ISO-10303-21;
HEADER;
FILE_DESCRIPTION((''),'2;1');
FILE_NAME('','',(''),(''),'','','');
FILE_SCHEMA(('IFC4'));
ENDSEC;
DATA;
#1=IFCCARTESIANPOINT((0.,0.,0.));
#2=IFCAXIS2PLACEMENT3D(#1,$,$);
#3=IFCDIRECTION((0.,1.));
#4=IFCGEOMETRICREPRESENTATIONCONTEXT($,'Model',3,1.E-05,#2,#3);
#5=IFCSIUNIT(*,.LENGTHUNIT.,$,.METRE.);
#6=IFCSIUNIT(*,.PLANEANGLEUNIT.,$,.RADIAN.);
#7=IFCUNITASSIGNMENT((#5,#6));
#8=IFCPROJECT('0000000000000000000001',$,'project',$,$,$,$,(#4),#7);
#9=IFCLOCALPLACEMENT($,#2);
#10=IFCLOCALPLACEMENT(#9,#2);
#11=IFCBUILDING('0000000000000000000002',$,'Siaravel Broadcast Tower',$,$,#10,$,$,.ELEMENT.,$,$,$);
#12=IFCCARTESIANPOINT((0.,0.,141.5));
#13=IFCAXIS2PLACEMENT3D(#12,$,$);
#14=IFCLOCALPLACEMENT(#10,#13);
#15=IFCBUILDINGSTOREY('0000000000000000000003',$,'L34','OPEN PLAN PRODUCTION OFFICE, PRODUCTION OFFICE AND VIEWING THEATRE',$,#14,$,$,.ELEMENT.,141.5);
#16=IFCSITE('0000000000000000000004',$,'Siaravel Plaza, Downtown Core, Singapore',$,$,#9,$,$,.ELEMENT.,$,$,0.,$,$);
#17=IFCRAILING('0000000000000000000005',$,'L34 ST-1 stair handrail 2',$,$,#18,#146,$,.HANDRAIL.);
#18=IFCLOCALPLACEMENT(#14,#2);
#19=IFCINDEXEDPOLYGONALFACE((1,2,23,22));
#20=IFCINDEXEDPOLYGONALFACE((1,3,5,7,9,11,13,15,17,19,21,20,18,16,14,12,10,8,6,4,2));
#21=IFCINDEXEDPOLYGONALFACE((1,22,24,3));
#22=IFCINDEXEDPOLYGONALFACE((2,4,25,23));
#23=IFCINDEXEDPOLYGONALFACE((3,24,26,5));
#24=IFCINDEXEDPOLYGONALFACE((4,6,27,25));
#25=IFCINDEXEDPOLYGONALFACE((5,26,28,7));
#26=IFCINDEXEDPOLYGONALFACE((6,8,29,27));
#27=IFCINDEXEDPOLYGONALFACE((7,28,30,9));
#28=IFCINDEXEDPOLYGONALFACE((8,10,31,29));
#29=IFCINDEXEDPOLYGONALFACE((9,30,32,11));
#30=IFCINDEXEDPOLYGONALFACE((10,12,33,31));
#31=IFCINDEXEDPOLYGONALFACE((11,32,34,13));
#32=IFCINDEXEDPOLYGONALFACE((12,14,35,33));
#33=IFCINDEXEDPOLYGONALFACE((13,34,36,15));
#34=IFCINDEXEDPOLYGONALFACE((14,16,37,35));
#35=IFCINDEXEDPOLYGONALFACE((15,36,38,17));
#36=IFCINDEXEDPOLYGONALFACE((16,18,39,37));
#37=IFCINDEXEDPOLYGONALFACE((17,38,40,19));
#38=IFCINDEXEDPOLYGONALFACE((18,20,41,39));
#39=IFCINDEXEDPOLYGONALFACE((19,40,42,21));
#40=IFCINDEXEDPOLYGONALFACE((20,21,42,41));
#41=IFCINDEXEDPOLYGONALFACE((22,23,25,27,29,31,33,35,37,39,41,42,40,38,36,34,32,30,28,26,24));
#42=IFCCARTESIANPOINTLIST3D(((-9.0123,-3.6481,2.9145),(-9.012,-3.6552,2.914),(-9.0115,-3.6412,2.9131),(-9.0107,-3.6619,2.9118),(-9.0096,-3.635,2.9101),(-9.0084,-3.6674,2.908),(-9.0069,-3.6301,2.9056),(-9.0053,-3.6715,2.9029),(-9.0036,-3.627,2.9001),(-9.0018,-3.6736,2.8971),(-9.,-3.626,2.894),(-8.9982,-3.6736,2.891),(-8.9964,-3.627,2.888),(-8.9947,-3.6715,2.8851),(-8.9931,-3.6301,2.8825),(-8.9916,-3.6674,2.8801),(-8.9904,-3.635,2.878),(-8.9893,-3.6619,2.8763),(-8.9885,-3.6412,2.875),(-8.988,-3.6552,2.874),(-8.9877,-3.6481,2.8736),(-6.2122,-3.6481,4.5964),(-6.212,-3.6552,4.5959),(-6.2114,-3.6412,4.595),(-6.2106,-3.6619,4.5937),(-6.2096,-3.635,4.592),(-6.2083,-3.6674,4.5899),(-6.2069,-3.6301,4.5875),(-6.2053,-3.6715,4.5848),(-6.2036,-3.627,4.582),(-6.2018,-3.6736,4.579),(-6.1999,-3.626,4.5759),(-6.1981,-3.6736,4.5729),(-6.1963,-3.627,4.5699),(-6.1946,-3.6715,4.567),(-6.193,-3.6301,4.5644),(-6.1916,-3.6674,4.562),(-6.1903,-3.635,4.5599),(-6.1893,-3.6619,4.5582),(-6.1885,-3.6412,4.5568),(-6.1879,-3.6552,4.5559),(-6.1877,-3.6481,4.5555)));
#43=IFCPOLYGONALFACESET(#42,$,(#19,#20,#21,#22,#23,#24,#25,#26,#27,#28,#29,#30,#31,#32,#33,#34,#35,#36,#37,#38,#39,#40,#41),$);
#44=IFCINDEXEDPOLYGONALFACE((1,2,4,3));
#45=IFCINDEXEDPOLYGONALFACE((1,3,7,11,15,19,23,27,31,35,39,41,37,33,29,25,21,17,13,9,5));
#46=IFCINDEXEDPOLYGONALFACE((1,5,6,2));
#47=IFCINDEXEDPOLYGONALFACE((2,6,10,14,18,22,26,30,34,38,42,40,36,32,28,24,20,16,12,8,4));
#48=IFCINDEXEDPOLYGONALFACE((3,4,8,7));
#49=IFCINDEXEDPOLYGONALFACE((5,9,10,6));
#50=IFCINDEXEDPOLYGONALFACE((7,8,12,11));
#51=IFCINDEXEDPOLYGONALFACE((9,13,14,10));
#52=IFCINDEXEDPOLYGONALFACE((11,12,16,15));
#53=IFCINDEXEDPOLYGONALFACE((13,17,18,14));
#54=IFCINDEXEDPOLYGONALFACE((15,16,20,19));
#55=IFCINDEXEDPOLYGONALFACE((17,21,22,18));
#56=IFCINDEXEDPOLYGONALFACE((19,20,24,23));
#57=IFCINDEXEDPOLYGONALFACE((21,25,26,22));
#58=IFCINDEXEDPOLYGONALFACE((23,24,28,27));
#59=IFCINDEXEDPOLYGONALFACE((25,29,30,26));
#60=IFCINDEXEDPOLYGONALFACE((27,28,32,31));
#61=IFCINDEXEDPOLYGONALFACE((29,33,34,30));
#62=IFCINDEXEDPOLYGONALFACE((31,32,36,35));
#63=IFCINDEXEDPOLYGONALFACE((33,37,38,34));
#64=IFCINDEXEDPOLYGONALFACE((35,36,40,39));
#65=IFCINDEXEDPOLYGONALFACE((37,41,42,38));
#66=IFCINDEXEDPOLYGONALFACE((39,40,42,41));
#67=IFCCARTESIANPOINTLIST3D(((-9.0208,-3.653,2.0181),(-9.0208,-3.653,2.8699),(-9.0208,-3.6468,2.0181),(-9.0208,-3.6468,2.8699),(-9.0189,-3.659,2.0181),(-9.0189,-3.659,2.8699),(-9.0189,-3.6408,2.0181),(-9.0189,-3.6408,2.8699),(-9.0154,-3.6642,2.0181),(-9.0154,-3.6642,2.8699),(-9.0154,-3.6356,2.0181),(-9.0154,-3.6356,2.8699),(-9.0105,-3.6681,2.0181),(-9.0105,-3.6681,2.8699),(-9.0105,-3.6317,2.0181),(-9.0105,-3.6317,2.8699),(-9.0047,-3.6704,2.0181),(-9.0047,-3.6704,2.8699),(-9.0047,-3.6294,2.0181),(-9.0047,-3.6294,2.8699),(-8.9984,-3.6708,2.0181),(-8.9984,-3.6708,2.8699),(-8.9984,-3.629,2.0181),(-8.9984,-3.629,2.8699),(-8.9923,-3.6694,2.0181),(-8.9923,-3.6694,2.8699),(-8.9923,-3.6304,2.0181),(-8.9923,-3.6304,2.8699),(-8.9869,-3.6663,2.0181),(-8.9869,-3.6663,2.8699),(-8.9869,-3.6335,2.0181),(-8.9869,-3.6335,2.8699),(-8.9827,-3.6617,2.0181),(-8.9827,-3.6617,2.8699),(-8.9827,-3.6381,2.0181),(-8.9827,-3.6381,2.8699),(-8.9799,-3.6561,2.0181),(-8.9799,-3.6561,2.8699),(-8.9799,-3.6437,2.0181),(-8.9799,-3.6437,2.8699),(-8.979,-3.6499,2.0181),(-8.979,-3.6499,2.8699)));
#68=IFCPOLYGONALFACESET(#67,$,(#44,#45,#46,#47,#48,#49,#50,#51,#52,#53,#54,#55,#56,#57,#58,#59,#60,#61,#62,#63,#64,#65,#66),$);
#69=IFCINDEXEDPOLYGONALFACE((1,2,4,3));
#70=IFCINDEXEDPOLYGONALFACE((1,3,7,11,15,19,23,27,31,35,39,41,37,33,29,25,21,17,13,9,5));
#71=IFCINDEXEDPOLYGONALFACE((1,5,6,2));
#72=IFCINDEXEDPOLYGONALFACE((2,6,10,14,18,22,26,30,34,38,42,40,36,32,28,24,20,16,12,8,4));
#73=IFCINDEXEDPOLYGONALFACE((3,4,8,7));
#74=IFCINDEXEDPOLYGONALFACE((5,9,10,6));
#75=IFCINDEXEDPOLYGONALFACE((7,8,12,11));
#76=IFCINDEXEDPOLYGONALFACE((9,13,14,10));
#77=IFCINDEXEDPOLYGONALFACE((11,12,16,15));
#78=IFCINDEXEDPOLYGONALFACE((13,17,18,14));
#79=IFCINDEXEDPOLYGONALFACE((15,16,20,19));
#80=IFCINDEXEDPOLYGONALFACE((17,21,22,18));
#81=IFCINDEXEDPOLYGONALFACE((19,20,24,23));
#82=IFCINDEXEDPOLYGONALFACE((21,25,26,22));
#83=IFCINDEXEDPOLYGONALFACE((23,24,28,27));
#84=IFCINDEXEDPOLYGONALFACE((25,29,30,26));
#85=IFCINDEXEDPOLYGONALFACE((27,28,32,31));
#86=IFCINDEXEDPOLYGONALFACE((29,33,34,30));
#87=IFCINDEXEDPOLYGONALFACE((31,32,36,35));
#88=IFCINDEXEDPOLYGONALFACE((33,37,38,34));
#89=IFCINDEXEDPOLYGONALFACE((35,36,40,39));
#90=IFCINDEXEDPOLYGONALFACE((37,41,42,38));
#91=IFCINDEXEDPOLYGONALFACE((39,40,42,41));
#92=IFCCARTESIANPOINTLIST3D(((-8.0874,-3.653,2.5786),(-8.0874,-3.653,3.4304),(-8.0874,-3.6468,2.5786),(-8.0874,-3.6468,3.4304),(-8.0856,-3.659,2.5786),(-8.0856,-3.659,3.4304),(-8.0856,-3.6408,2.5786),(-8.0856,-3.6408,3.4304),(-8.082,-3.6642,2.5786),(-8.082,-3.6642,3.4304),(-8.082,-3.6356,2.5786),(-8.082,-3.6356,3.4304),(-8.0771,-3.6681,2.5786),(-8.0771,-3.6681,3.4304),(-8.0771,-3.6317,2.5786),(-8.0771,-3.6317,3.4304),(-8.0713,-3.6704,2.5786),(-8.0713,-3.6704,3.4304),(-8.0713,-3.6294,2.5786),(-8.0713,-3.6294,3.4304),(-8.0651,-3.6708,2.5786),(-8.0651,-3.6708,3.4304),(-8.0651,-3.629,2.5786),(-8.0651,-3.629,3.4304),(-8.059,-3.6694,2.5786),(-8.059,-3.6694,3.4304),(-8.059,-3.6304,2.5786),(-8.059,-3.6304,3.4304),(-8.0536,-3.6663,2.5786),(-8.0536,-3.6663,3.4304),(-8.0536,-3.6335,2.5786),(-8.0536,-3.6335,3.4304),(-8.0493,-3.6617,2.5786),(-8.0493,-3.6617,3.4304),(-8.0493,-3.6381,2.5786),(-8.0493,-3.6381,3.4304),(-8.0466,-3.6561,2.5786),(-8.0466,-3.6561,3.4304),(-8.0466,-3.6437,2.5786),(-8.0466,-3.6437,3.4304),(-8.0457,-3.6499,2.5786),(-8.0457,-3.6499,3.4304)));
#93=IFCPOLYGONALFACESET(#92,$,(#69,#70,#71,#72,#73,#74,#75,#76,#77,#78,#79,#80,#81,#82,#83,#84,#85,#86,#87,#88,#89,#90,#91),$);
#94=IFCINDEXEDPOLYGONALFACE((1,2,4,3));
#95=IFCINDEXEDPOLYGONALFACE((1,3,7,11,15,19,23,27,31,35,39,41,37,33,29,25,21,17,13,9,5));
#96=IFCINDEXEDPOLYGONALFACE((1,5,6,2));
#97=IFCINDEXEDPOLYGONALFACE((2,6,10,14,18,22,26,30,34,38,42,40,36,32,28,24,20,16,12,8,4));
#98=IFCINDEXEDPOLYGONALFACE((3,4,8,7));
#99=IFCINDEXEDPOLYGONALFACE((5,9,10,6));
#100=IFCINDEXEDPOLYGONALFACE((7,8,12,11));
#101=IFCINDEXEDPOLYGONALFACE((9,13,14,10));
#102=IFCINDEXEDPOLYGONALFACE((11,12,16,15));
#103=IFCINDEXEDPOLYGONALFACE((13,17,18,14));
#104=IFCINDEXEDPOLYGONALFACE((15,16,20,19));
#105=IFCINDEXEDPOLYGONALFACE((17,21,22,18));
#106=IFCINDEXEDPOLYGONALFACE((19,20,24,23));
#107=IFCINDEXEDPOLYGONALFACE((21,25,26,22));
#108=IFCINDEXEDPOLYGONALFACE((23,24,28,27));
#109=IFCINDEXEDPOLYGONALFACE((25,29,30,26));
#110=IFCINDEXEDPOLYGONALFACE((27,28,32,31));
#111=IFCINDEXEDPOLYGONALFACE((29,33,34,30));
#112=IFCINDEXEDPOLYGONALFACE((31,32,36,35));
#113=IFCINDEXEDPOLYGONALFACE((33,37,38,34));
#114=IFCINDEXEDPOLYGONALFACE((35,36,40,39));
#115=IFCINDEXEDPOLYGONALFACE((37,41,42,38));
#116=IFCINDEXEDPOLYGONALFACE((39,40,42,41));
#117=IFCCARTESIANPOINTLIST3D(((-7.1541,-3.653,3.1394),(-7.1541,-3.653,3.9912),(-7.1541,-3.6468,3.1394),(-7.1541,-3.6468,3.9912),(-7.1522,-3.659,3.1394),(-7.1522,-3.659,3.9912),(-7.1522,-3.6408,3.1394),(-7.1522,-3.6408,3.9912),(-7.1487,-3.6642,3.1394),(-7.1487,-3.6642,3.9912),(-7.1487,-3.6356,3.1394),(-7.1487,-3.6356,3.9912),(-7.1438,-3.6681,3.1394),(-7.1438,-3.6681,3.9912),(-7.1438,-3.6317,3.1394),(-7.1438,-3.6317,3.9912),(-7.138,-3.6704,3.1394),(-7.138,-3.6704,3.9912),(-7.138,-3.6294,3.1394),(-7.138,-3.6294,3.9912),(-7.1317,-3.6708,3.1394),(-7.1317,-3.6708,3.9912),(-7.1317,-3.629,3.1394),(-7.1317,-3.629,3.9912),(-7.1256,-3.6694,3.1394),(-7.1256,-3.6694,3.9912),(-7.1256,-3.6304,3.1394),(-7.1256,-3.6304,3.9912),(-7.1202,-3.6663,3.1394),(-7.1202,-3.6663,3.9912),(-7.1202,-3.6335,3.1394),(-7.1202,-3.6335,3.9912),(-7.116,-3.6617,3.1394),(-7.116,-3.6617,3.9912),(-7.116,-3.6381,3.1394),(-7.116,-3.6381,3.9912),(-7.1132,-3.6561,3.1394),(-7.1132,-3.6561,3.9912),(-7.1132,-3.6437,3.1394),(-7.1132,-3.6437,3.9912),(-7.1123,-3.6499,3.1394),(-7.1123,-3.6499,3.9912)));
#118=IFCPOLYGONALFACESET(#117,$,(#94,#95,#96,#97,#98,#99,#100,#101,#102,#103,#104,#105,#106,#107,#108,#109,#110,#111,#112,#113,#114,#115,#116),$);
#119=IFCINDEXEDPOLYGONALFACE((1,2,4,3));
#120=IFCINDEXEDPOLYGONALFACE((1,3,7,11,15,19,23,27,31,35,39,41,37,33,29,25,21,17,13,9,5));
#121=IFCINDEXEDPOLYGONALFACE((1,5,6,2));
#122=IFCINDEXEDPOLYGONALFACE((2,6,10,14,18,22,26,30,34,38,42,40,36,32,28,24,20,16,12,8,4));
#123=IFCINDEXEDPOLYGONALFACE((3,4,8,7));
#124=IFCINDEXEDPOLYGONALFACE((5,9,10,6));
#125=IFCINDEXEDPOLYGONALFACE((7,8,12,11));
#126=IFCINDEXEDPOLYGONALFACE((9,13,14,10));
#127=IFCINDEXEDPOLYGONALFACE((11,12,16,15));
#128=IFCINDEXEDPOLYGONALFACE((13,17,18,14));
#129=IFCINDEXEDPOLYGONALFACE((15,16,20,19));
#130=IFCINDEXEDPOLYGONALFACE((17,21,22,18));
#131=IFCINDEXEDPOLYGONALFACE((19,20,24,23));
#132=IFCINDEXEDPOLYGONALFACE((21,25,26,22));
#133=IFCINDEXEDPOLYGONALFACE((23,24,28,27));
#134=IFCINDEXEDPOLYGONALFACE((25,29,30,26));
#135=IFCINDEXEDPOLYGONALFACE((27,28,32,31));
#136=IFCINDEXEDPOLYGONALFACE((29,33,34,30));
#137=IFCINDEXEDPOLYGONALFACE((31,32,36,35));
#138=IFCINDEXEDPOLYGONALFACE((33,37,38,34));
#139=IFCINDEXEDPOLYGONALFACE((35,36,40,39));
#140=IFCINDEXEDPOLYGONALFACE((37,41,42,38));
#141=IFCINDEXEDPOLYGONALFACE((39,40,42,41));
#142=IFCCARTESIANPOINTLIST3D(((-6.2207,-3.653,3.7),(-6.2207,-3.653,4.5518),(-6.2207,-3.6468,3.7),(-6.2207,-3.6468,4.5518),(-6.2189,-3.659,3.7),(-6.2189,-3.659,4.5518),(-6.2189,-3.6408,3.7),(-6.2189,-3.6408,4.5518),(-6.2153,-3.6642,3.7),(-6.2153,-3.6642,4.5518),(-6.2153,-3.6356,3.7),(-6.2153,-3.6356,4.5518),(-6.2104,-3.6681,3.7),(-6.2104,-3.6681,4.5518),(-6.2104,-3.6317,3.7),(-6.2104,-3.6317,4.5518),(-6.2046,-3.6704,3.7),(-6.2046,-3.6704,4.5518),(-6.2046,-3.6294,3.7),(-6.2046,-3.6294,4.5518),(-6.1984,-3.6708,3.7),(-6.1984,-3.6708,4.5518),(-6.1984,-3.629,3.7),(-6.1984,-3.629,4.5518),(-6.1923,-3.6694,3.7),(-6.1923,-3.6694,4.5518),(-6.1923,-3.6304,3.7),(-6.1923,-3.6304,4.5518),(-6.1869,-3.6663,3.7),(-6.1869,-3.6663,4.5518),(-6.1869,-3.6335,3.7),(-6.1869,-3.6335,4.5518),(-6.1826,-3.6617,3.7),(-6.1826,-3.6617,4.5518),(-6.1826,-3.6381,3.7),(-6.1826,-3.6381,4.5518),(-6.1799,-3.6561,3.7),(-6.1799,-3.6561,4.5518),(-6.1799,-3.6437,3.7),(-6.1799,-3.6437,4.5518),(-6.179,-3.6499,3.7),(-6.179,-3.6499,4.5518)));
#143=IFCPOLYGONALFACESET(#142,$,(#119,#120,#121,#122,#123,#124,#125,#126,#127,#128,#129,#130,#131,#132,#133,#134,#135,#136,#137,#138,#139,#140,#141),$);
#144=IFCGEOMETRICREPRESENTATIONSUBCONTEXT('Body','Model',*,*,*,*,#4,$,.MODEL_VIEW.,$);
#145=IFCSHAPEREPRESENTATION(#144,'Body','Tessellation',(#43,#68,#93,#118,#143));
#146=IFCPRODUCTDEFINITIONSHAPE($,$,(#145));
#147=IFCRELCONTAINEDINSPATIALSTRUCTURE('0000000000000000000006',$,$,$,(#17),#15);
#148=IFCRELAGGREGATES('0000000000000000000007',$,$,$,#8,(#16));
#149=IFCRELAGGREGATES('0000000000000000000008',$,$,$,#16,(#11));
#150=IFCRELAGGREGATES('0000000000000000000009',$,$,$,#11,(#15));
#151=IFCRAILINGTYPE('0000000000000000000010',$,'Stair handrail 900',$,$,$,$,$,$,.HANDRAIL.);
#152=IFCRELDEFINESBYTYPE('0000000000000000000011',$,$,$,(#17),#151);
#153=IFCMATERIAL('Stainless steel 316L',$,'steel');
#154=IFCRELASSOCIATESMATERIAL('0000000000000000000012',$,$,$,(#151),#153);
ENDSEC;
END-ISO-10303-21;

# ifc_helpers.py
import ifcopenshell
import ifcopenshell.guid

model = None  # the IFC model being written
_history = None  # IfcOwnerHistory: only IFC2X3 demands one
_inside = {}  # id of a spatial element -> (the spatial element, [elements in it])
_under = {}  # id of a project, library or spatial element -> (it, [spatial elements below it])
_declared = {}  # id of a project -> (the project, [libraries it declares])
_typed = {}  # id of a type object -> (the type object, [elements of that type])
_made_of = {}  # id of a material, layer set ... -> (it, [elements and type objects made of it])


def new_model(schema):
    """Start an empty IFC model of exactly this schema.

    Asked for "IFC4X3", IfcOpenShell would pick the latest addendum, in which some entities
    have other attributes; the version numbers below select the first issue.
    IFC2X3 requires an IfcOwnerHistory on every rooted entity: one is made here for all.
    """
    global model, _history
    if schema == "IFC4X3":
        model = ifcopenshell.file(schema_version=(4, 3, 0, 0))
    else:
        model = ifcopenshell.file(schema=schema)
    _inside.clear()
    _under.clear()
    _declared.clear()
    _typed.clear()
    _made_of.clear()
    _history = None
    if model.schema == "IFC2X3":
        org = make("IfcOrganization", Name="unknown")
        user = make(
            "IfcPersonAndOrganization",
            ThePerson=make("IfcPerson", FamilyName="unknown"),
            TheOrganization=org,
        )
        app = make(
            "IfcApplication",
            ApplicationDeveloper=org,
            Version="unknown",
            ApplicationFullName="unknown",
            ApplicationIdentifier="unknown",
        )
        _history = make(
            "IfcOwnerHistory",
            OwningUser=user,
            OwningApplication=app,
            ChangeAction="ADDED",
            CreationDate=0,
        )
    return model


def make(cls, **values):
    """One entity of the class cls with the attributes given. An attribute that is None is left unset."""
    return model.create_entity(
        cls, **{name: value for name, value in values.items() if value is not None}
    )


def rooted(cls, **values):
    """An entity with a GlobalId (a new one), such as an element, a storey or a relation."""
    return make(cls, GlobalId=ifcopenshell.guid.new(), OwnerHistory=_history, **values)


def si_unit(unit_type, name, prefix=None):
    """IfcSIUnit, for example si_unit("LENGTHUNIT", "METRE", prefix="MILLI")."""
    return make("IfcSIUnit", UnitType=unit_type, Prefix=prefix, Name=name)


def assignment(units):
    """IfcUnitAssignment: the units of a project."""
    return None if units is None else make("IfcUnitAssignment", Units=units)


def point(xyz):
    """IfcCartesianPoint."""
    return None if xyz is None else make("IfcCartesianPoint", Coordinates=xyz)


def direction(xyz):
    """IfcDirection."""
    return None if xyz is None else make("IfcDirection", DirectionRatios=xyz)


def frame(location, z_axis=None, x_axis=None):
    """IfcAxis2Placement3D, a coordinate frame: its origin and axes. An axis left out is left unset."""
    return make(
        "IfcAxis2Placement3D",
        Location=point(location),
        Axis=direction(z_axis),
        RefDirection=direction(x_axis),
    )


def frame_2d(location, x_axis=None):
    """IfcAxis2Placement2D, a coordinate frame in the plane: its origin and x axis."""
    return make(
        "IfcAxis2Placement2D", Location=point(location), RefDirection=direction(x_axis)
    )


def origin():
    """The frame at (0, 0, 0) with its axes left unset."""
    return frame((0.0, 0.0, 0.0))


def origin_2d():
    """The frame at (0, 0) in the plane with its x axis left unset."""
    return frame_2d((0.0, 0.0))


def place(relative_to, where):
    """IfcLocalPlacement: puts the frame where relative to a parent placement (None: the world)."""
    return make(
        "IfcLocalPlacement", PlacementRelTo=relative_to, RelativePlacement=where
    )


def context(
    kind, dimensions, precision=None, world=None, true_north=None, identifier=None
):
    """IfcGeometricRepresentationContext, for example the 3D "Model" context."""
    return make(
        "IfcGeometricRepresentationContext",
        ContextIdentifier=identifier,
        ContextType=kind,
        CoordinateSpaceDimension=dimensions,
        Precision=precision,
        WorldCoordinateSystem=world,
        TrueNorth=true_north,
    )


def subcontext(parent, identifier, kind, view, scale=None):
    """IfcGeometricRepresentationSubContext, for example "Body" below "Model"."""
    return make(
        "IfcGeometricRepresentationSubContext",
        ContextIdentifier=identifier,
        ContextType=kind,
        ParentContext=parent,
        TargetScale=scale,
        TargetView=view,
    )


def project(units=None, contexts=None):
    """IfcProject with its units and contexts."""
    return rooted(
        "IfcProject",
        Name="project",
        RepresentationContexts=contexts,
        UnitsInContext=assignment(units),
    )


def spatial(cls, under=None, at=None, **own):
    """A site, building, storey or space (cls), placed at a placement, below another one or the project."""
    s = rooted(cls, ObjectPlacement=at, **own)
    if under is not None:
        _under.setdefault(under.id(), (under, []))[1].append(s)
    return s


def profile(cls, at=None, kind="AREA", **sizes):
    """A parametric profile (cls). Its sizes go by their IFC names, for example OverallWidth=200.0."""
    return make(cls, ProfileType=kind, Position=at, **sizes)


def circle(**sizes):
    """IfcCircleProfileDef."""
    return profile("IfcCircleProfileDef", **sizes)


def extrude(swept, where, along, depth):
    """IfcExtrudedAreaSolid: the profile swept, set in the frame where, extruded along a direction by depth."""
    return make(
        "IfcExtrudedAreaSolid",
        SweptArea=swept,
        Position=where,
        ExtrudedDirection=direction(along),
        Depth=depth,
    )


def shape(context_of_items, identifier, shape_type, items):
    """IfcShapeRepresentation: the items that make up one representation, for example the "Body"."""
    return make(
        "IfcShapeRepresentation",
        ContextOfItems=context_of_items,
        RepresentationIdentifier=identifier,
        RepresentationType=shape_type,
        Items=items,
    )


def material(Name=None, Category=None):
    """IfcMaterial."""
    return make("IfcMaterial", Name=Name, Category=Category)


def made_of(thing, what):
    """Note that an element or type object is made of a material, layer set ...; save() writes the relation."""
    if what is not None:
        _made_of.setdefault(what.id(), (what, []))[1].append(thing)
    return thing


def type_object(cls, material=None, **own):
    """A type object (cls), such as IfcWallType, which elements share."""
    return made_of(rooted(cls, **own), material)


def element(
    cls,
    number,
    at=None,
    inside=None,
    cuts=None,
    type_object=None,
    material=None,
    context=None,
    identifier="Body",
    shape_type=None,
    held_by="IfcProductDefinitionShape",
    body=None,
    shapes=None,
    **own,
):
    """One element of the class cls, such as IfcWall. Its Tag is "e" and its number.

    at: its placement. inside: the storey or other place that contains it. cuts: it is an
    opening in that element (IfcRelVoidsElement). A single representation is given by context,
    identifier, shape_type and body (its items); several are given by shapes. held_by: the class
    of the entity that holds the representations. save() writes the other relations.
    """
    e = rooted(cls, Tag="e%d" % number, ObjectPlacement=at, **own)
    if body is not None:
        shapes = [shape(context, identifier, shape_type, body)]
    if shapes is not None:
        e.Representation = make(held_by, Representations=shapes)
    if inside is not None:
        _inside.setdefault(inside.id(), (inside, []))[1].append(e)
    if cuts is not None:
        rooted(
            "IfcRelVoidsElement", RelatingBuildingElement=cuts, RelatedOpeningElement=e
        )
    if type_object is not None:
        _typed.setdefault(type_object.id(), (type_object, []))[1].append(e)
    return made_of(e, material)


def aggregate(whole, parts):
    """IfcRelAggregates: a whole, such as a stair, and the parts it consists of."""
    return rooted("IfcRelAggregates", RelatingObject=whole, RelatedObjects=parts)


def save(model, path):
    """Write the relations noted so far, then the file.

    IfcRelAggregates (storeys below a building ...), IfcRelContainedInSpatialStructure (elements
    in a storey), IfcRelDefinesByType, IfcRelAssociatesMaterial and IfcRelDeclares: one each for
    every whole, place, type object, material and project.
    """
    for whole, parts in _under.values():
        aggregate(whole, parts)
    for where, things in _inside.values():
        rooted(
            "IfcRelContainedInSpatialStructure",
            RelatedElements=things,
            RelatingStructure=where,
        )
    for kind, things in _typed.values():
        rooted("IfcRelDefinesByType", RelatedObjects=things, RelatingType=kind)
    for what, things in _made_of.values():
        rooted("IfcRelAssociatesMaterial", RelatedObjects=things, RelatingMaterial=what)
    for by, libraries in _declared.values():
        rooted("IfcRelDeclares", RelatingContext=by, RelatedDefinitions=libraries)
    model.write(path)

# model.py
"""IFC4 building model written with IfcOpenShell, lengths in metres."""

from ifc_helpers import new_model, si_unit, direction, frame, origin, origin_2d, place, context, subcontext, project, spatial, circle, extrude, material, type_object, element, save


model = new_model("IFC4")

# Units and contexts
model_context = context("Model", 3, precision=1e-05, world=origin(), true_north=direction((0.0, 1.0)))
body_context = subcontext(model_context, "Body", "Model", "MODEL_VIEW")
ifc_project = project(units=[si_unit("LENGTHUNIT", "METRE"), si_unit("PLANEANGLEUNIT", "RADIAN")], contexts=[model_context])

# Site, building, storey
site_placement = place(None, origin())
site = spatial("IfcSite", under=ifc_project, at=site_placement, Name="Siaravel Plaza, Downtown Core, Singapore", CompositionType="ELEMENT", RefElevation=0.0)
building_placement = place(site_placement, origin())
building = spatial("IfcBuilding", under=site, at=building_placement, Name="Siaravel Broadcast Tower", CompositionType="ELEMENT")
storey_placement = place(building_placement, frame((0.0, 0.0, 141.5)))
storey = spatial("IfcBuildingStorey", under=building, at=storey_placement, Name="L34", Description="OPEN PLAN PRODUCTION OFFICE, PRODUCTION OFFICE AND VIEWING THEATRE", CompositionType="ELEMENT", Elevation=141.5)

# Shared definitions
ifc_material_1 = material(Name="Stainless steel 316L", Category="steel")

# Railing
railing_type_1 = type_object("IfcRailingType", Name="Stair handrail 900", PredefinedType="HANDRAIL", material=ifc_material_1)
railing_1_placement = place(storey_placement, frame((-9.0, -3.6499, 2.0181)))
element("IfcRailing", 1, at=railing_1_placement, inside=storey, type_object=railing_type_1, Name="L34 ST-1 stair handrail 2", PredefinedType="HANDRAIL", context=body_context, shape_type="SweptSolid", body=[
    extrude(circle(Radius=0.0239, at=origin_2d()), frame((0.0, 0.0, 0.876), z_axis=(0.857242, 0.0, 0.514913), x_axis=(0.0, 1.0, 0.0)), (0.0, 0.0, 1.0), 3.2664),
    extrude(circle(Radius=0.021, at=origin_2d()), origin(), (0.0, 0.0, 1.0), 0.8518),
    extrude(circle(Radius=0.021, at=origin_2d()), frame((0.9333, 0.0, 0.5605)), (0.0, 0.0, 1.0), 0.8518),
    extrude(circle(Radius=0.021, at=origin_2d()), frame((1.8667, 0.0, 1.1213)), (0.0, 0.0, 1.0), 0.8518),
    extrude(circle(Radius=0.021, at=origin_2d()), frame((2.8, 0.0, 1.6819)), (0.0, 0.0, 1.0), 0.8518),
])

save(model, "model.ifc")
